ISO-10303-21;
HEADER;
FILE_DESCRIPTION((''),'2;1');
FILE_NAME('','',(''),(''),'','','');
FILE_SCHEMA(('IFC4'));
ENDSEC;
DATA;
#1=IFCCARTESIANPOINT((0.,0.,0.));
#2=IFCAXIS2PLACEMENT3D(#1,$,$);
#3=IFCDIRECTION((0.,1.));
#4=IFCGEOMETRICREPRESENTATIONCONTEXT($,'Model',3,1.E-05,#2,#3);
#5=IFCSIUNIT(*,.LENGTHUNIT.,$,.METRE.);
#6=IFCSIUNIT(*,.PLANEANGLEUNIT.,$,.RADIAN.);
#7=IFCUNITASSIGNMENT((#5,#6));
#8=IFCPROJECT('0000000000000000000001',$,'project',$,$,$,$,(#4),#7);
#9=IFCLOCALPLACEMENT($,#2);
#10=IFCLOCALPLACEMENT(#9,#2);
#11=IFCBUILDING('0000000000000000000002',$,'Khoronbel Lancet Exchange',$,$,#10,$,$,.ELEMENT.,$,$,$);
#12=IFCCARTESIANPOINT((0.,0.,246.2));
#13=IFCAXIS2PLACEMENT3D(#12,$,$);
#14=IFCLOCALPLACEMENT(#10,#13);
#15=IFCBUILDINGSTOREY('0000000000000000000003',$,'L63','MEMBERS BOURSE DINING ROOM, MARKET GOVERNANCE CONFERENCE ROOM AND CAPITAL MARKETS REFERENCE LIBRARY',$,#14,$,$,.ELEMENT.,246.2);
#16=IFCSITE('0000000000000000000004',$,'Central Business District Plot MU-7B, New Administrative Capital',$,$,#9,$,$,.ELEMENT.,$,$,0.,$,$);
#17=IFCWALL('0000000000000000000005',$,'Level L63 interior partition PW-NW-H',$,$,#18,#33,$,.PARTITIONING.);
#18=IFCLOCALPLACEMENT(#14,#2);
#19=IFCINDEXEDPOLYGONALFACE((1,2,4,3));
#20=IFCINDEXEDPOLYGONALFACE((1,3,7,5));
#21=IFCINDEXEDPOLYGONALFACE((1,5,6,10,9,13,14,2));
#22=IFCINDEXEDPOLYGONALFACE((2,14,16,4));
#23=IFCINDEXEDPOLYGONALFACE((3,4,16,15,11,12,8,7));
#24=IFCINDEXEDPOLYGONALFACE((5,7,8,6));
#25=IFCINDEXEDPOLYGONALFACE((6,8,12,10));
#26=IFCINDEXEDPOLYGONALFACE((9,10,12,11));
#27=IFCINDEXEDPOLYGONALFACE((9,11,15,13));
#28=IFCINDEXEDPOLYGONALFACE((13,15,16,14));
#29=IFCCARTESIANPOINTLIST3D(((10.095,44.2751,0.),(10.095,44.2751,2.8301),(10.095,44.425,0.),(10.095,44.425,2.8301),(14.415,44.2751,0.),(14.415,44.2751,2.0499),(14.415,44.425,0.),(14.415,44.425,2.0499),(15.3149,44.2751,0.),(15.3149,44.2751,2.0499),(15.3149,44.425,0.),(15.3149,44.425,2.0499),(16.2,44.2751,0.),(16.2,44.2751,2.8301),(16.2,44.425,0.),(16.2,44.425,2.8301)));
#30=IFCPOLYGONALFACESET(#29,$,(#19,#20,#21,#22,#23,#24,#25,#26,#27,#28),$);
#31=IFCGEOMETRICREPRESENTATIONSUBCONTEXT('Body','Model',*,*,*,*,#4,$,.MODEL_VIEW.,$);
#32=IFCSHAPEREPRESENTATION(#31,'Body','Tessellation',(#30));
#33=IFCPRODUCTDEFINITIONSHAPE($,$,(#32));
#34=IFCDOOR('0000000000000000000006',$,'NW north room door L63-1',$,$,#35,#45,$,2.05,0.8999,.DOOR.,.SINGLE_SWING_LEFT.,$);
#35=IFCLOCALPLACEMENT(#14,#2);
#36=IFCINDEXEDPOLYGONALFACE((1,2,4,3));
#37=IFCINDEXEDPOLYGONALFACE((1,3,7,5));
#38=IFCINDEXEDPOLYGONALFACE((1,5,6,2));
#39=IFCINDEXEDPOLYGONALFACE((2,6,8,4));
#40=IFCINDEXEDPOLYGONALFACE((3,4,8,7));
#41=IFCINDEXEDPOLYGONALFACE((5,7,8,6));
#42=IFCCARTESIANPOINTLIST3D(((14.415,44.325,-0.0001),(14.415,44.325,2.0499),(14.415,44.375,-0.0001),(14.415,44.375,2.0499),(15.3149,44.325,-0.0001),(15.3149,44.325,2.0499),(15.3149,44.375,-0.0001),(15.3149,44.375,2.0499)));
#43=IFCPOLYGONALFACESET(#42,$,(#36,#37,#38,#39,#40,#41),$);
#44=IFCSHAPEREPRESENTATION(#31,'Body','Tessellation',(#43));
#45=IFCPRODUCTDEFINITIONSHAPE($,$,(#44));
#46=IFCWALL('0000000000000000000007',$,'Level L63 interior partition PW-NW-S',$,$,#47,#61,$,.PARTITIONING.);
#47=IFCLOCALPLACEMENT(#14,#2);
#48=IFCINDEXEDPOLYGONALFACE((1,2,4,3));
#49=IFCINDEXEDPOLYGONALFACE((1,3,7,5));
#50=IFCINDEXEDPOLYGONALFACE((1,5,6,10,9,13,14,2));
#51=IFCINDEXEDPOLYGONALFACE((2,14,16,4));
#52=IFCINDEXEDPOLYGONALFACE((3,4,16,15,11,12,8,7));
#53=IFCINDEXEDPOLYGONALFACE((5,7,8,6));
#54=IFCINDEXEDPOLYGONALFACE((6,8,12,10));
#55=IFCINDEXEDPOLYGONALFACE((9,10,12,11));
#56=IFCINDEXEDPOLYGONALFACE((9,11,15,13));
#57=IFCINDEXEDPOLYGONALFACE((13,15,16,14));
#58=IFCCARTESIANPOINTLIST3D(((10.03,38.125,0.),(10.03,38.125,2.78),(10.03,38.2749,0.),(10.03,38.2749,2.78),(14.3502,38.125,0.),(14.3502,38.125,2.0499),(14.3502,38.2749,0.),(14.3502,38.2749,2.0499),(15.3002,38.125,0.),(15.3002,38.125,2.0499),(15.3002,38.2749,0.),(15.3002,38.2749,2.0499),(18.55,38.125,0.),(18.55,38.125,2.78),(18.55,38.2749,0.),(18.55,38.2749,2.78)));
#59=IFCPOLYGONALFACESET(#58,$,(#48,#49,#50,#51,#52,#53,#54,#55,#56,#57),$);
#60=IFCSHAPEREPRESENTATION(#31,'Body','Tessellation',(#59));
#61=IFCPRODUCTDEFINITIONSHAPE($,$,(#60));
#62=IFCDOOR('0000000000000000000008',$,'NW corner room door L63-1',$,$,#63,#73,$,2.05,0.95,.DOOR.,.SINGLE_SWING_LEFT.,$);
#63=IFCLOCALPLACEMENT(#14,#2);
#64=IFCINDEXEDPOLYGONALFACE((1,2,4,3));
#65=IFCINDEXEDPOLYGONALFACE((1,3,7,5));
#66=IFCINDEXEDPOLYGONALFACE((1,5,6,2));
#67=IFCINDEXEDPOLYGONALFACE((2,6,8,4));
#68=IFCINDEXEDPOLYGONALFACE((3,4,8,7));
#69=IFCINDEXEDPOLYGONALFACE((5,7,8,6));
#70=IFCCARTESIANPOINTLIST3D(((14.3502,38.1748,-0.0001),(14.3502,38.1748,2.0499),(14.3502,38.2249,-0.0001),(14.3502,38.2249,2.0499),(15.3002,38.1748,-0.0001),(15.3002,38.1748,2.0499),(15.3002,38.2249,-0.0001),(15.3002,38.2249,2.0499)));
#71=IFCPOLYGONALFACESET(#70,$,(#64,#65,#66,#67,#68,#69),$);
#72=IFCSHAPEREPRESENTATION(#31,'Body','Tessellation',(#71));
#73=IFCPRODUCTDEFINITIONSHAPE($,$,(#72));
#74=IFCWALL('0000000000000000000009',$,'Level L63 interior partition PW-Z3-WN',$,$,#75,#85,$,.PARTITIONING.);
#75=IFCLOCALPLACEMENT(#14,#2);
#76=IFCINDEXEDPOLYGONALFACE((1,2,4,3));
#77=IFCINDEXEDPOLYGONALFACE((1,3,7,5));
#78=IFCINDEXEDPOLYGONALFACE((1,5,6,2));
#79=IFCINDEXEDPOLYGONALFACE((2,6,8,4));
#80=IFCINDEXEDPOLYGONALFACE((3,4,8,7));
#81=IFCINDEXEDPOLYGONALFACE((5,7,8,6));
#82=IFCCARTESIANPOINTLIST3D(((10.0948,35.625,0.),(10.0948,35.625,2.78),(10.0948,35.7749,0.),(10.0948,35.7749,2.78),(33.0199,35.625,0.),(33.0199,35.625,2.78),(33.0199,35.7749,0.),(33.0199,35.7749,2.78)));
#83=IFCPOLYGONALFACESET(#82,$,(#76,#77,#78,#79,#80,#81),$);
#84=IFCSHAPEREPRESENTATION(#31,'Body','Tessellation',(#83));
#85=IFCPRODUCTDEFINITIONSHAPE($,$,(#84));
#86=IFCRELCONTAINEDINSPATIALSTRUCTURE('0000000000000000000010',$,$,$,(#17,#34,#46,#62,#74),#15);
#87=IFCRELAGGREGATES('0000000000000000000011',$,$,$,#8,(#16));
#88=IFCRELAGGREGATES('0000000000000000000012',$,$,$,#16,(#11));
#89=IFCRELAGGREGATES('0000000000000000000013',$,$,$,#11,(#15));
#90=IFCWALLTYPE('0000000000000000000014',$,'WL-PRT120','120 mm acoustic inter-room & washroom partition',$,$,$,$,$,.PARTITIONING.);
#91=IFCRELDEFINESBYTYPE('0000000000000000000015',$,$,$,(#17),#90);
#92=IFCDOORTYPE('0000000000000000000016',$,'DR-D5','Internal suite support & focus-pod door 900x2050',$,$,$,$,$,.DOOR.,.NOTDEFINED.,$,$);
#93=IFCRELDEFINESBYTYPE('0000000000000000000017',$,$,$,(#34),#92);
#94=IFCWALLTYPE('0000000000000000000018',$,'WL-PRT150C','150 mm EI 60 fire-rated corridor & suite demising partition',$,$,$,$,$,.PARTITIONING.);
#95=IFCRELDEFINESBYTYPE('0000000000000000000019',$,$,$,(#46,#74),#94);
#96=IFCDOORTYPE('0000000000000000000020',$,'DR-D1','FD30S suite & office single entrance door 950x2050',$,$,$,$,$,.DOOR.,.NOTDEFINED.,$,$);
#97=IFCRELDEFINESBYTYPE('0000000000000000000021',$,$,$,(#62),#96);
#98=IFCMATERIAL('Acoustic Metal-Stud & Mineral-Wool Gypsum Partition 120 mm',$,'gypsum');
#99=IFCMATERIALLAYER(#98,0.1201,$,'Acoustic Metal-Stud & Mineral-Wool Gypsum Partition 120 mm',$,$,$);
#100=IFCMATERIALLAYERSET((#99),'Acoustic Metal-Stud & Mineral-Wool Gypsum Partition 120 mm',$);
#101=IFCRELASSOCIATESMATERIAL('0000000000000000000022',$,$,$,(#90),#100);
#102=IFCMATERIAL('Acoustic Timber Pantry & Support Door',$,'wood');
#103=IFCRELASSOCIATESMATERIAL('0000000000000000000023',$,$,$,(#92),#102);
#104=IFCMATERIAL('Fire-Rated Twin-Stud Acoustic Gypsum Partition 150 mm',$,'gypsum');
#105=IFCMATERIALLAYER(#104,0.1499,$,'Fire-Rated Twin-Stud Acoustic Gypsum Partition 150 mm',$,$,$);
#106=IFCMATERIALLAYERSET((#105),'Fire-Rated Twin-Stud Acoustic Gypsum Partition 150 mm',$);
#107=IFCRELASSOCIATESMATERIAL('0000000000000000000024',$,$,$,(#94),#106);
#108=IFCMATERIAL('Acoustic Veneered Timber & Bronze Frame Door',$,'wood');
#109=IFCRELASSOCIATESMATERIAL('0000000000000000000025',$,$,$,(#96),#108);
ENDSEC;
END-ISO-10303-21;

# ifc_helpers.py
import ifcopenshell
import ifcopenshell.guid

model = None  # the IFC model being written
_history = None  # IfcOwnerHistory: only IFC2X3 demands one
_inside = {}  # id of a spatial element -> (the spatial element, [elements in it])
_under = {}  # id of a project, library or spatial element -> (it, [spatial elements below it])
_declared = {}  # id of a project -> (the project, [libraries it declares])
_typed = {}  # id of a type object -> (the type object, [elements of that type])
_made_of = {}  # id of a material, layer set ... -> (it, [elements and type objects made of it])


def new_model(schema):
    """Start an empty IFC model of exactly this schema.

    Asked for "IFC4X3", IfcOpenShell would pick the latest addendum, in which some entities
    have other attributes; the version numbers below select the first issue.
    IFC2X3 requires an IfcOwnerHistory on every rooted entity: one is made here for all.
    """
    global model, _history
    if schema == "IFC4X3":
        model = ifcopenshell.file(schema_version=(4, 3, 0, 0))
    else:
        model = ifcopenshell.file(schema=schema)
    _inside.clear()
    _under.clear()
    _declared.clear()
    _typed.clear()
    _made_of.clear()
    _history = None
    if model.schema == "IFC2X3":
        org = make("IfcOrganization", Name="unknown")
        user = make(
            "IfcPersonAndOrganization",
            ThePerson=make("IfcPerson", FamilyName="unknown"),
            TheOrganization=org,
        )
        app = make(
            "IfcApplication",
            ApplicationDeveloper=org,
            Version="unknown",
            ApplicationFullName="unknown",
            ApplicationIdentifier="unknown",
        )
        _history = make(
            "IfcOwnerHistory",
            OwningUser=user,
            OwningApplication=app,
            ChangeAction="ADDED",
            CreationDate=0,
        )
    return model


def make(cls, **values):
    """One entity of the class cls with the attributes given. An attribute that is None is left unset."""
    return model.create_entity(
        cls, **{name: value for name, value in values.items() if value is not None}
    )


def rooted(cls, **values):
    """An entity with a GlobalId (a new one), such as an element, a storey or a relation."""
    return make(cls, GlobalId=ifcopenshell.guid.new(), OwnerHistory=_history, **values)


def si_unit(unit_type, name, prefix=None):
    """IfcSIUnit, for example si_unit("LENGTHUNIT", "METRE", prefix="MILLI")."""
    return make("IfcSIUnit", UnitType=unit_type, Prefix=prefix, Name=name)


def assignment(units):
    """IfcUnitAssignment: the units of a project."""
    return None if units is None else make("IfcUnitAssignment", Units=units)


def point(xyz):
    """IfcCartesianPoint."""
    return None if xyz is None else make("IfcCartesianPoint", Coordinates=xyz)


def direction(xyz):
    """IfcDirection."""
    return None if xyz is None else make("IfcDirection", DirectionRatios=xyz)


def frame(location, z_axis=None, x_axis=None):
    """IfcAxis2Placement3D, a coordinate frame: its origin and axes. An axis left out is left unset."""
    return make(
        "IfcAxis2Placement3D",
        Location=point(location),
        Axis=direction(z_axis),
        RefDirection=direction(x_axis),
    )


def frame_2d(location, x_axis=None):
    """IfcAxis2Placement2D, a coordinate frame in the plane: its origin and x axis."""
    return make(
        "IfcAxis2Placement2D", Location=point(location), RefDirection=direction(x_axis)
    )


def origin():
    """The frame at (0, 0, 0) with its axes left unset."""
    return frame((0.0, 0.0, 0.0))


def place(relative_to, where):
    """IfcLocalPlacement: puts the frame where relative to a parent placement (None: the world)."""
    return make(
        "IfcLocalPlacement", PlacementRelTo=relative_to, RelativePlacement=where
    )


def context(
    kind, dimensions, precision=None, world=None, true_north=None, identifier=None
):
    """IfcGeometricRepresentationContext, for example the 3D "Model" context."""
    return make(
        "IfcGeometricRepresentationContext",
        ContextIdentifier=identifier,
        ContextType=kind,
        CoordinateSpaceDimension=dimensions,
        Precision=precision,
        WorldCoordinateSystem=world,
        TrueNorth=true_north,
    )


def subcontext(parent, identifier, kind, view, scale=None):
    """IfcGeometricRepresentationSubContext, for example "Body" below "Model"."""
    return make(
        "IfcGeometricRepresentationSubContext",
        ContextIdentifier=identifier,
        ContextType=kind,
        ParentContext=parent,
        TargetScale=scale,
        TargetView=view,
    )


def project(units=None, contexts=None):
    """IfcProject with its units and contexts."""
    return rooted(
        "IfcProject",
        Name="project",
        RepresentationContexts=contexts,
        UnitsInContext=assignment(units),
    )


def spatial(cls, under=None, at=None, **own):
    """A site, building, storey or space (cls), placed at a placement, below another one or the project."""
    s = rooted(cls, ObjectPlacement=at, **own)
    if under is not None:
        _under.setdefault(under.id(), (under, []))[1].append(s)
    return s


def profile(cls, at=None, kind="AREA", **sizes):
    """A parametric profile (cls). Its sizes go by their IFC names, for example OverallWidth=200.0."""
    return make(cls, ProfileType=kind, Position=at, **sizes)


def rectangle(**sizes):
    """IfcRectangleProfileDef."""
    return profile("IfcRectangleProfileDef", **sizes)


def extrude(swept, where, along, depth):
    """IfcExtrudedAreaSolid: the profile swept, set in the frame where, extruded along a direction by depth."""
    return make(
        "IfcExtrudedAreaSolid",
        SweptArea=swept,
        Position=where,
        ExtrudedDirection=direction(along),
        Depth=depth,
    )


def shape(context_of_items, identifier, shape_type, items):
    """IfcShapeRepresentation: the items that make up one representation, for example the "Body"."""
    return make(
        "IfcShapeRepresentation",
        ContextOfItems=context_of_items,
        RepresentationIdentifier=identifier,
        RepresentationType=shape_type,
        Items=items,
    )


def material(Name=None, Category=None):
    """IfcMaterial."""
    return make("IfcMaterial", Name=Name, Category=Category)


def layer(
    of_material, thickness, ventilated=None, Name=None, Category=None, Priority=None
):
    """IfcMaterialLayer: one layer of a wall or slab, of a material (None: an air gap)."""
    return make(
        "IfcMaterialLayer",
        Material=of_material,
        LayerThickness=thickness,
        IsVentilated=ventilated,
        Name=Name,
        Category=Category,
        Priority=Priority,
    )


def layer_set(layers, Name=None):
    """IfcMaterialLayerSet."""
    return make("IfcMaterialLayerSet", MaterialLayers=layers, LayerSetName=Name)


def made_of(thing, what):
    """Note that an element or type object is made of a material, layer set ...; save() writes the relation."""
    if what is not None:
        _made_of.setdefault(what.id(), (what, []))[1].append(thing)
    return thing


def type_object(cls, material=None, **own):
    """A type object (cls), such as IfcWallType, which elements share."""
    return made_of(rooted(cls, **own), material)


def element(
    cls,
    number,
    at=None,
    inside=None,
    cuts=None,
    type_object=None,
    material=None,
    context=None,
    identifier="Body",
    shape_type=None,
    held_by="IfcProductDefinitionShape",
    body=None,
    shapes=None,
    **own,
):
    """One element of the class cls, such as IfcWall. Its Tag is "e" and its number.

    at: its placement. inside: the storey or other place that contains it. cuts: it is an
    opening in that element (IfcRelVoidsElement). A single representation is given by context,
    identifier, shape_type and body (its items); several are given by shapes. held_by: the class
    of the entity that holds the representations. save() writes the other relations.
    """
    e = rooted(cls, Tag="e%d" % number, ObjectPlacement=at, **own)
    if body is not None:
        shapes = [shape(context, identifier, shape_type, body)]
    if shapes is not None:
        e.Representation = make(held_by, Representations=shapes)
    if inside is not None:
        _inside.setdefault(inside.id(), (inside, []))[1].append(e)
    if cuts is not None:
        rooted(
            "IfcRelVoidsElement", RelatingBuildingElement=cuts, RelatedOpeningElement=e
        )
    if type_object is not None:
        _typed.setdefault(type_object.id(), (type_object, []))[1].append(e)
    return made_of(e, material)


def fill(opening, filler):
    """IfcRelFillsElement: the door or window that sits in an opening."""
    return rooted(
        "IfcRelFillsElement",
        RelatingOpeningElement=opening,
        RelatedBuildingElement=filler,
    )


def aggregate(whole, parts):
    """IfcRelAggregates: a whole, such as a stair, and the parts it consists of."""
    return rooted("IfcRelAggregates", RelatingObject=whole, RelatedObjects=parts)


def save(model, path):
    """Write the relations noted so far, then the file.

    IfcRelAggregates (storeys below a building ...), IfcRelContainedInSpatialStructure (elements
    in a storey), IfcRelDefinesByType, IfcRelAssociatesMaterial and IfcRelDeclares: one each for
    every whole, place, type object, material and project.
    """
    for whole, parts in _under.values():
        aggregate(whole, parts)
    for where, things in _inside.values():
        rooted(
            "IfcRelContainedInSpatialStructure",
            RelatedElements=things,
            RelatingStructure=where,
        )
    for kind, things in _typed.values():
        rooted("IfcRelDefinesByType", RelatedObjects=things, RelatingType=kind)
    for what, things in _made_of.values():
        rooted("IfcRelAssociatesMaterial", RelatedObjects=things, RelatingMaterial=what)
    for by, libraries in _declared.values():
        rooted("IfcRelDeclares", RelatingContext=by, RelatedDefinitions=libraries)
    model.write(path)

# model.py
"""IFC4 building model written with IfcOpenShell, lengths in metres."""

from ifc_helpers import new_model, si_unit, direction, frame, frame_2d, origin, place, context, subcontext, project, spatial, rectangle, extrude, material, layer, layer_set, type_object, element, fill, save


model = new_model("IFC4")

# Units and contexts
model_context = context("Model", 3, precision=1e-05, world=origin(), true_north=direction((0.0, 1.0)))
body_context = subcontext(model_context, "Body", "Model", "MODEL_VIEW")
ifc_project = project(units=[si_unit("LENGTHUNIT", "METRE"), si_unit("PLANEANGLEUNIT", "RADIAN")], contexts=[model_context])

# Site, building, storey
site_placement = place(None, origin())
site = spatial("IfcSite", under=ifc_project, at=site_placement, Name="Central Business District Plot MU-7B, New Administrative Capital", CompositionType="ELEMENT", RefElevation=0.0)
building_placement = place(site_placement, origin())
building = spatial("IfcBuilding", under=site, at=building_placement, Name="Khoronbel Lancet Exchange", CompositionType="ELEMENT")
storey_placement = place(building_placement, frame((0.0, 0.0, 246.2)))
storey = spatial("IfcBuildingStorey", under=building, at=storey_placement, Name="L63", Description="MEMBERS BOURSE DINING ROOM, MARKET GOVERNANCE CONFERENCE ROOM AND CAPITAL MARKETS REFERENCE LIBRARY", CompositionType="ELEMENT", Elevation=246.2)

# Walls, openings, doors
ifc_material_1 = material(Name="Acoustic Metal-Stud & Mineral-Wool Gypsum Partition 120 mm", Category="gypsum")
ifc_layer_1 = layer(ifc_material_1, 0.1201, Name="Acoustic Metal-Stud & Mineral-Wool Gypsum Partition 120 mm")
ifc_layer_set_1 = layer_set([ifc_layer_1], Name="Acoustic Metal-Stud & Mineral-Wool Gypsum Partition 120 mm")
wall_type_1 = type_object("IfcWallType", Name="WL-PRT120", Description="120 mm acoustic inter-room & washroom partition", PredefinedType="PARTITIONING", material=ifc_layer_set_1)
wall_1_placement = place(storey_placement, frame((10.095, 44.3501, 0.0), z_axis=(0.0, 0.0, 1.0), x_axis=(1.0, 0.0, 0.0)))
wall_1 = element("IfcWall", 1, at=wall_1_placement, inside=storey, type_object=wall_type_1, Name="Level L63 interior partition PW-NW-H", PredefinedType="PARTITIONING", context=body_context, shape_type="SweptSolid", body=[
    extrude(rectangle(XDim=6.105, YDim=0.1499, at=frame_2d((3.0525, 0.0))), origin(), (0.0, 0.0, 1.0), 2.8301),
])
opening_1_placement = place(wall_1_placement, frame((4.3201, 0.0, 0.0)))
opening_1 = element("IfcOpeningElement", 2, at=opening_1_placement, cuts=wall_1, PredefinedType="OPENING", context=body_context, shape_type="SweptSolid", body=[
    extrude(rectangle(XDim=0.8999, YDim=2.05, at=frame_2d((0.45, 1.0249))), frame((0.0, 0.085, 0.0), z_axis=(0.0, -1.0, 0.0), x_axis=(1.0, 0.0, 0.0)), (0.0, 0.0, 1.0), 0.1699),
])
ifc_material_2 = material(Name="Acoustic Timber Pantry & Support Door", Category="wood")
door_type_1 = type_object("IfcDoorType", Name="DR-D5", Description="Internal suite support & focus-pod door 900x2050", OperationType="NOTDEFINED", PredefinedType="DOOR", material=ifc_material_2)
door_1_placement = place(opening_1_placement, origin())
door_1 = element("IfcDoor", 3, at=door_1_placement, inside=storey, type_object=door_type_1, Name="NW north room door L63-1", OperationType="SINGLE_SWING_LEFT", OverallHeight=2.05, OverallWidth=0.8999, PredefinedType="DOOR", context=body_context, shape_type="SweptSolid", body=[
    extrude(rectangle(XDim=0.8999, YDim=2.05, at=frame_2d((0.45, 1.0249))), frame((0.0, 0.0249, 0.0), z_axis=(0.0, -1.0, 0.0), x_axis=(1.0, 0.0, 0.0)), (0.0, 0.0, 1.0), 0.05),
])
fill(opening_1, door_1)
ifc_material_3 = material(Name="Fire-Rated Twin-Stud Acoustic Gypsum Partition 150 mm", Category="gypsum")
ifc_layer_2 = layer(ifc_material_3, 0.1499, Name="Fire-Rated Twin-Stud Acoustic Gypsum Partition 150 mm")
ifc_layer_set_2 = layer_set([ifc_layer_2], Name="Fire-Rated Twin-Stud Acoustic Gypsum Partition 150 mm")
wall_type_2 = type_object("IfcWallType", Name="WL-PRT150C", Description="150 mm EI 60 fire-rated corridor & suite demising partition", PredefinedType="PARTITIONING", material=ifc_layer_set_2)
wall_2_placement = place(storey_placement, frame((10.03, 38.2, 0.0), z_axis=(0.0, 0.0, 1.0), x_axis=(1.0, 0.0, 0.0)))
wall_2 = element("IfcWall", 4, at=wall_2_placement, inside=storey, type_object=wall_type_2, Name="Level L63 interior partition PW-NW-S", PredefinedType="PARTITIONING", context=body_context, shape_type="SweptSolid", body=[
    extrude(rectangle(XDim=8.52, YDim=0.1499, at=frame_2d((4.26, 0.0))), origin(), (0.0, 0.0, 1.0), 2.78),
])
opening_2_placement = place(wall_2_placement, frame((4.3201, 0.0, 0.0)))
opening_2 = element("IfcOpeningElement", 5, at=opening_2_placement, cuts=wall_2, PredefinedType="OPENING", context=body_context, shape_type="SweptSolid", body=[
    extrude(rectangle(XDim=0.95, YDim=2.05, at=frame_2d((0.4751, 1.0249))), frame((0.0, 0.085, 0.0), z_axis=(0.0, -1.0, 0.0), x_axis=(1.0, 0.0, 0.0)), (0.0, 0.0, 1.0), 0.1699),
])
ifc_material_4 = material(Name="Acoustic Veneered Timber & Bronze Frame Door", Category="wood")
door_type_2 = type_object("IfcDoorType", Name="DR-D1", Description="FD30S suite & office single entrance door 950x2050", OperationType="NOTDEFINED", PredefinedType="DOOR", material=ifc_material_4)
door_2_placement = place(opening_2_placement, origin())
door_2 = element("IfcDoor", 6, at=door_2_placement, inside=storey, type_object=door_type_2, Name="NW corner room door L63-1", OperationType="SINGLE_SWING_LEFT", OverallHeight=2.05, OverallWidth=0.95, PredefinedType="DOOR", context=body_context, shape_type="SweptSolid", body=[
    extrude(rectangle(XDim=0.95, YDim=2.05, at=frame_2d((0.4751, 1.0249))), frame((0.0, 0.0249, 0.0), z_axis=(0.0, -1.0, 0.0), x_axis=(1.0, 0.0, 0.0)), (0.0, 0.0, 1.0), 0.05),
])
fill(opening_2, door_2)

# Wall
wall_3_placement = place(storey_placement, frame((10.095, 35.7, 0.0), z_axis=(0.0, 0.0, 1.0), x_axis=(1.0, 0.0, 0.0)))
element("IfcWall", 7, at=wall_3_placement, inside=storey, type_object=wall_type_2, Name="Level L63 interior partition PW-Z3-WN", PredefinedType="PARTITIONING", context=body_context, shape_type="SweptSolid", body=[
    extrude(rectangle(XDim=22.925, YDim=0.1499, at=frame_2d((11.4624, 0.0))), origin(), (0.0, 0.0, 1.0), 2.78),
])

save(model, "model.ifc")
